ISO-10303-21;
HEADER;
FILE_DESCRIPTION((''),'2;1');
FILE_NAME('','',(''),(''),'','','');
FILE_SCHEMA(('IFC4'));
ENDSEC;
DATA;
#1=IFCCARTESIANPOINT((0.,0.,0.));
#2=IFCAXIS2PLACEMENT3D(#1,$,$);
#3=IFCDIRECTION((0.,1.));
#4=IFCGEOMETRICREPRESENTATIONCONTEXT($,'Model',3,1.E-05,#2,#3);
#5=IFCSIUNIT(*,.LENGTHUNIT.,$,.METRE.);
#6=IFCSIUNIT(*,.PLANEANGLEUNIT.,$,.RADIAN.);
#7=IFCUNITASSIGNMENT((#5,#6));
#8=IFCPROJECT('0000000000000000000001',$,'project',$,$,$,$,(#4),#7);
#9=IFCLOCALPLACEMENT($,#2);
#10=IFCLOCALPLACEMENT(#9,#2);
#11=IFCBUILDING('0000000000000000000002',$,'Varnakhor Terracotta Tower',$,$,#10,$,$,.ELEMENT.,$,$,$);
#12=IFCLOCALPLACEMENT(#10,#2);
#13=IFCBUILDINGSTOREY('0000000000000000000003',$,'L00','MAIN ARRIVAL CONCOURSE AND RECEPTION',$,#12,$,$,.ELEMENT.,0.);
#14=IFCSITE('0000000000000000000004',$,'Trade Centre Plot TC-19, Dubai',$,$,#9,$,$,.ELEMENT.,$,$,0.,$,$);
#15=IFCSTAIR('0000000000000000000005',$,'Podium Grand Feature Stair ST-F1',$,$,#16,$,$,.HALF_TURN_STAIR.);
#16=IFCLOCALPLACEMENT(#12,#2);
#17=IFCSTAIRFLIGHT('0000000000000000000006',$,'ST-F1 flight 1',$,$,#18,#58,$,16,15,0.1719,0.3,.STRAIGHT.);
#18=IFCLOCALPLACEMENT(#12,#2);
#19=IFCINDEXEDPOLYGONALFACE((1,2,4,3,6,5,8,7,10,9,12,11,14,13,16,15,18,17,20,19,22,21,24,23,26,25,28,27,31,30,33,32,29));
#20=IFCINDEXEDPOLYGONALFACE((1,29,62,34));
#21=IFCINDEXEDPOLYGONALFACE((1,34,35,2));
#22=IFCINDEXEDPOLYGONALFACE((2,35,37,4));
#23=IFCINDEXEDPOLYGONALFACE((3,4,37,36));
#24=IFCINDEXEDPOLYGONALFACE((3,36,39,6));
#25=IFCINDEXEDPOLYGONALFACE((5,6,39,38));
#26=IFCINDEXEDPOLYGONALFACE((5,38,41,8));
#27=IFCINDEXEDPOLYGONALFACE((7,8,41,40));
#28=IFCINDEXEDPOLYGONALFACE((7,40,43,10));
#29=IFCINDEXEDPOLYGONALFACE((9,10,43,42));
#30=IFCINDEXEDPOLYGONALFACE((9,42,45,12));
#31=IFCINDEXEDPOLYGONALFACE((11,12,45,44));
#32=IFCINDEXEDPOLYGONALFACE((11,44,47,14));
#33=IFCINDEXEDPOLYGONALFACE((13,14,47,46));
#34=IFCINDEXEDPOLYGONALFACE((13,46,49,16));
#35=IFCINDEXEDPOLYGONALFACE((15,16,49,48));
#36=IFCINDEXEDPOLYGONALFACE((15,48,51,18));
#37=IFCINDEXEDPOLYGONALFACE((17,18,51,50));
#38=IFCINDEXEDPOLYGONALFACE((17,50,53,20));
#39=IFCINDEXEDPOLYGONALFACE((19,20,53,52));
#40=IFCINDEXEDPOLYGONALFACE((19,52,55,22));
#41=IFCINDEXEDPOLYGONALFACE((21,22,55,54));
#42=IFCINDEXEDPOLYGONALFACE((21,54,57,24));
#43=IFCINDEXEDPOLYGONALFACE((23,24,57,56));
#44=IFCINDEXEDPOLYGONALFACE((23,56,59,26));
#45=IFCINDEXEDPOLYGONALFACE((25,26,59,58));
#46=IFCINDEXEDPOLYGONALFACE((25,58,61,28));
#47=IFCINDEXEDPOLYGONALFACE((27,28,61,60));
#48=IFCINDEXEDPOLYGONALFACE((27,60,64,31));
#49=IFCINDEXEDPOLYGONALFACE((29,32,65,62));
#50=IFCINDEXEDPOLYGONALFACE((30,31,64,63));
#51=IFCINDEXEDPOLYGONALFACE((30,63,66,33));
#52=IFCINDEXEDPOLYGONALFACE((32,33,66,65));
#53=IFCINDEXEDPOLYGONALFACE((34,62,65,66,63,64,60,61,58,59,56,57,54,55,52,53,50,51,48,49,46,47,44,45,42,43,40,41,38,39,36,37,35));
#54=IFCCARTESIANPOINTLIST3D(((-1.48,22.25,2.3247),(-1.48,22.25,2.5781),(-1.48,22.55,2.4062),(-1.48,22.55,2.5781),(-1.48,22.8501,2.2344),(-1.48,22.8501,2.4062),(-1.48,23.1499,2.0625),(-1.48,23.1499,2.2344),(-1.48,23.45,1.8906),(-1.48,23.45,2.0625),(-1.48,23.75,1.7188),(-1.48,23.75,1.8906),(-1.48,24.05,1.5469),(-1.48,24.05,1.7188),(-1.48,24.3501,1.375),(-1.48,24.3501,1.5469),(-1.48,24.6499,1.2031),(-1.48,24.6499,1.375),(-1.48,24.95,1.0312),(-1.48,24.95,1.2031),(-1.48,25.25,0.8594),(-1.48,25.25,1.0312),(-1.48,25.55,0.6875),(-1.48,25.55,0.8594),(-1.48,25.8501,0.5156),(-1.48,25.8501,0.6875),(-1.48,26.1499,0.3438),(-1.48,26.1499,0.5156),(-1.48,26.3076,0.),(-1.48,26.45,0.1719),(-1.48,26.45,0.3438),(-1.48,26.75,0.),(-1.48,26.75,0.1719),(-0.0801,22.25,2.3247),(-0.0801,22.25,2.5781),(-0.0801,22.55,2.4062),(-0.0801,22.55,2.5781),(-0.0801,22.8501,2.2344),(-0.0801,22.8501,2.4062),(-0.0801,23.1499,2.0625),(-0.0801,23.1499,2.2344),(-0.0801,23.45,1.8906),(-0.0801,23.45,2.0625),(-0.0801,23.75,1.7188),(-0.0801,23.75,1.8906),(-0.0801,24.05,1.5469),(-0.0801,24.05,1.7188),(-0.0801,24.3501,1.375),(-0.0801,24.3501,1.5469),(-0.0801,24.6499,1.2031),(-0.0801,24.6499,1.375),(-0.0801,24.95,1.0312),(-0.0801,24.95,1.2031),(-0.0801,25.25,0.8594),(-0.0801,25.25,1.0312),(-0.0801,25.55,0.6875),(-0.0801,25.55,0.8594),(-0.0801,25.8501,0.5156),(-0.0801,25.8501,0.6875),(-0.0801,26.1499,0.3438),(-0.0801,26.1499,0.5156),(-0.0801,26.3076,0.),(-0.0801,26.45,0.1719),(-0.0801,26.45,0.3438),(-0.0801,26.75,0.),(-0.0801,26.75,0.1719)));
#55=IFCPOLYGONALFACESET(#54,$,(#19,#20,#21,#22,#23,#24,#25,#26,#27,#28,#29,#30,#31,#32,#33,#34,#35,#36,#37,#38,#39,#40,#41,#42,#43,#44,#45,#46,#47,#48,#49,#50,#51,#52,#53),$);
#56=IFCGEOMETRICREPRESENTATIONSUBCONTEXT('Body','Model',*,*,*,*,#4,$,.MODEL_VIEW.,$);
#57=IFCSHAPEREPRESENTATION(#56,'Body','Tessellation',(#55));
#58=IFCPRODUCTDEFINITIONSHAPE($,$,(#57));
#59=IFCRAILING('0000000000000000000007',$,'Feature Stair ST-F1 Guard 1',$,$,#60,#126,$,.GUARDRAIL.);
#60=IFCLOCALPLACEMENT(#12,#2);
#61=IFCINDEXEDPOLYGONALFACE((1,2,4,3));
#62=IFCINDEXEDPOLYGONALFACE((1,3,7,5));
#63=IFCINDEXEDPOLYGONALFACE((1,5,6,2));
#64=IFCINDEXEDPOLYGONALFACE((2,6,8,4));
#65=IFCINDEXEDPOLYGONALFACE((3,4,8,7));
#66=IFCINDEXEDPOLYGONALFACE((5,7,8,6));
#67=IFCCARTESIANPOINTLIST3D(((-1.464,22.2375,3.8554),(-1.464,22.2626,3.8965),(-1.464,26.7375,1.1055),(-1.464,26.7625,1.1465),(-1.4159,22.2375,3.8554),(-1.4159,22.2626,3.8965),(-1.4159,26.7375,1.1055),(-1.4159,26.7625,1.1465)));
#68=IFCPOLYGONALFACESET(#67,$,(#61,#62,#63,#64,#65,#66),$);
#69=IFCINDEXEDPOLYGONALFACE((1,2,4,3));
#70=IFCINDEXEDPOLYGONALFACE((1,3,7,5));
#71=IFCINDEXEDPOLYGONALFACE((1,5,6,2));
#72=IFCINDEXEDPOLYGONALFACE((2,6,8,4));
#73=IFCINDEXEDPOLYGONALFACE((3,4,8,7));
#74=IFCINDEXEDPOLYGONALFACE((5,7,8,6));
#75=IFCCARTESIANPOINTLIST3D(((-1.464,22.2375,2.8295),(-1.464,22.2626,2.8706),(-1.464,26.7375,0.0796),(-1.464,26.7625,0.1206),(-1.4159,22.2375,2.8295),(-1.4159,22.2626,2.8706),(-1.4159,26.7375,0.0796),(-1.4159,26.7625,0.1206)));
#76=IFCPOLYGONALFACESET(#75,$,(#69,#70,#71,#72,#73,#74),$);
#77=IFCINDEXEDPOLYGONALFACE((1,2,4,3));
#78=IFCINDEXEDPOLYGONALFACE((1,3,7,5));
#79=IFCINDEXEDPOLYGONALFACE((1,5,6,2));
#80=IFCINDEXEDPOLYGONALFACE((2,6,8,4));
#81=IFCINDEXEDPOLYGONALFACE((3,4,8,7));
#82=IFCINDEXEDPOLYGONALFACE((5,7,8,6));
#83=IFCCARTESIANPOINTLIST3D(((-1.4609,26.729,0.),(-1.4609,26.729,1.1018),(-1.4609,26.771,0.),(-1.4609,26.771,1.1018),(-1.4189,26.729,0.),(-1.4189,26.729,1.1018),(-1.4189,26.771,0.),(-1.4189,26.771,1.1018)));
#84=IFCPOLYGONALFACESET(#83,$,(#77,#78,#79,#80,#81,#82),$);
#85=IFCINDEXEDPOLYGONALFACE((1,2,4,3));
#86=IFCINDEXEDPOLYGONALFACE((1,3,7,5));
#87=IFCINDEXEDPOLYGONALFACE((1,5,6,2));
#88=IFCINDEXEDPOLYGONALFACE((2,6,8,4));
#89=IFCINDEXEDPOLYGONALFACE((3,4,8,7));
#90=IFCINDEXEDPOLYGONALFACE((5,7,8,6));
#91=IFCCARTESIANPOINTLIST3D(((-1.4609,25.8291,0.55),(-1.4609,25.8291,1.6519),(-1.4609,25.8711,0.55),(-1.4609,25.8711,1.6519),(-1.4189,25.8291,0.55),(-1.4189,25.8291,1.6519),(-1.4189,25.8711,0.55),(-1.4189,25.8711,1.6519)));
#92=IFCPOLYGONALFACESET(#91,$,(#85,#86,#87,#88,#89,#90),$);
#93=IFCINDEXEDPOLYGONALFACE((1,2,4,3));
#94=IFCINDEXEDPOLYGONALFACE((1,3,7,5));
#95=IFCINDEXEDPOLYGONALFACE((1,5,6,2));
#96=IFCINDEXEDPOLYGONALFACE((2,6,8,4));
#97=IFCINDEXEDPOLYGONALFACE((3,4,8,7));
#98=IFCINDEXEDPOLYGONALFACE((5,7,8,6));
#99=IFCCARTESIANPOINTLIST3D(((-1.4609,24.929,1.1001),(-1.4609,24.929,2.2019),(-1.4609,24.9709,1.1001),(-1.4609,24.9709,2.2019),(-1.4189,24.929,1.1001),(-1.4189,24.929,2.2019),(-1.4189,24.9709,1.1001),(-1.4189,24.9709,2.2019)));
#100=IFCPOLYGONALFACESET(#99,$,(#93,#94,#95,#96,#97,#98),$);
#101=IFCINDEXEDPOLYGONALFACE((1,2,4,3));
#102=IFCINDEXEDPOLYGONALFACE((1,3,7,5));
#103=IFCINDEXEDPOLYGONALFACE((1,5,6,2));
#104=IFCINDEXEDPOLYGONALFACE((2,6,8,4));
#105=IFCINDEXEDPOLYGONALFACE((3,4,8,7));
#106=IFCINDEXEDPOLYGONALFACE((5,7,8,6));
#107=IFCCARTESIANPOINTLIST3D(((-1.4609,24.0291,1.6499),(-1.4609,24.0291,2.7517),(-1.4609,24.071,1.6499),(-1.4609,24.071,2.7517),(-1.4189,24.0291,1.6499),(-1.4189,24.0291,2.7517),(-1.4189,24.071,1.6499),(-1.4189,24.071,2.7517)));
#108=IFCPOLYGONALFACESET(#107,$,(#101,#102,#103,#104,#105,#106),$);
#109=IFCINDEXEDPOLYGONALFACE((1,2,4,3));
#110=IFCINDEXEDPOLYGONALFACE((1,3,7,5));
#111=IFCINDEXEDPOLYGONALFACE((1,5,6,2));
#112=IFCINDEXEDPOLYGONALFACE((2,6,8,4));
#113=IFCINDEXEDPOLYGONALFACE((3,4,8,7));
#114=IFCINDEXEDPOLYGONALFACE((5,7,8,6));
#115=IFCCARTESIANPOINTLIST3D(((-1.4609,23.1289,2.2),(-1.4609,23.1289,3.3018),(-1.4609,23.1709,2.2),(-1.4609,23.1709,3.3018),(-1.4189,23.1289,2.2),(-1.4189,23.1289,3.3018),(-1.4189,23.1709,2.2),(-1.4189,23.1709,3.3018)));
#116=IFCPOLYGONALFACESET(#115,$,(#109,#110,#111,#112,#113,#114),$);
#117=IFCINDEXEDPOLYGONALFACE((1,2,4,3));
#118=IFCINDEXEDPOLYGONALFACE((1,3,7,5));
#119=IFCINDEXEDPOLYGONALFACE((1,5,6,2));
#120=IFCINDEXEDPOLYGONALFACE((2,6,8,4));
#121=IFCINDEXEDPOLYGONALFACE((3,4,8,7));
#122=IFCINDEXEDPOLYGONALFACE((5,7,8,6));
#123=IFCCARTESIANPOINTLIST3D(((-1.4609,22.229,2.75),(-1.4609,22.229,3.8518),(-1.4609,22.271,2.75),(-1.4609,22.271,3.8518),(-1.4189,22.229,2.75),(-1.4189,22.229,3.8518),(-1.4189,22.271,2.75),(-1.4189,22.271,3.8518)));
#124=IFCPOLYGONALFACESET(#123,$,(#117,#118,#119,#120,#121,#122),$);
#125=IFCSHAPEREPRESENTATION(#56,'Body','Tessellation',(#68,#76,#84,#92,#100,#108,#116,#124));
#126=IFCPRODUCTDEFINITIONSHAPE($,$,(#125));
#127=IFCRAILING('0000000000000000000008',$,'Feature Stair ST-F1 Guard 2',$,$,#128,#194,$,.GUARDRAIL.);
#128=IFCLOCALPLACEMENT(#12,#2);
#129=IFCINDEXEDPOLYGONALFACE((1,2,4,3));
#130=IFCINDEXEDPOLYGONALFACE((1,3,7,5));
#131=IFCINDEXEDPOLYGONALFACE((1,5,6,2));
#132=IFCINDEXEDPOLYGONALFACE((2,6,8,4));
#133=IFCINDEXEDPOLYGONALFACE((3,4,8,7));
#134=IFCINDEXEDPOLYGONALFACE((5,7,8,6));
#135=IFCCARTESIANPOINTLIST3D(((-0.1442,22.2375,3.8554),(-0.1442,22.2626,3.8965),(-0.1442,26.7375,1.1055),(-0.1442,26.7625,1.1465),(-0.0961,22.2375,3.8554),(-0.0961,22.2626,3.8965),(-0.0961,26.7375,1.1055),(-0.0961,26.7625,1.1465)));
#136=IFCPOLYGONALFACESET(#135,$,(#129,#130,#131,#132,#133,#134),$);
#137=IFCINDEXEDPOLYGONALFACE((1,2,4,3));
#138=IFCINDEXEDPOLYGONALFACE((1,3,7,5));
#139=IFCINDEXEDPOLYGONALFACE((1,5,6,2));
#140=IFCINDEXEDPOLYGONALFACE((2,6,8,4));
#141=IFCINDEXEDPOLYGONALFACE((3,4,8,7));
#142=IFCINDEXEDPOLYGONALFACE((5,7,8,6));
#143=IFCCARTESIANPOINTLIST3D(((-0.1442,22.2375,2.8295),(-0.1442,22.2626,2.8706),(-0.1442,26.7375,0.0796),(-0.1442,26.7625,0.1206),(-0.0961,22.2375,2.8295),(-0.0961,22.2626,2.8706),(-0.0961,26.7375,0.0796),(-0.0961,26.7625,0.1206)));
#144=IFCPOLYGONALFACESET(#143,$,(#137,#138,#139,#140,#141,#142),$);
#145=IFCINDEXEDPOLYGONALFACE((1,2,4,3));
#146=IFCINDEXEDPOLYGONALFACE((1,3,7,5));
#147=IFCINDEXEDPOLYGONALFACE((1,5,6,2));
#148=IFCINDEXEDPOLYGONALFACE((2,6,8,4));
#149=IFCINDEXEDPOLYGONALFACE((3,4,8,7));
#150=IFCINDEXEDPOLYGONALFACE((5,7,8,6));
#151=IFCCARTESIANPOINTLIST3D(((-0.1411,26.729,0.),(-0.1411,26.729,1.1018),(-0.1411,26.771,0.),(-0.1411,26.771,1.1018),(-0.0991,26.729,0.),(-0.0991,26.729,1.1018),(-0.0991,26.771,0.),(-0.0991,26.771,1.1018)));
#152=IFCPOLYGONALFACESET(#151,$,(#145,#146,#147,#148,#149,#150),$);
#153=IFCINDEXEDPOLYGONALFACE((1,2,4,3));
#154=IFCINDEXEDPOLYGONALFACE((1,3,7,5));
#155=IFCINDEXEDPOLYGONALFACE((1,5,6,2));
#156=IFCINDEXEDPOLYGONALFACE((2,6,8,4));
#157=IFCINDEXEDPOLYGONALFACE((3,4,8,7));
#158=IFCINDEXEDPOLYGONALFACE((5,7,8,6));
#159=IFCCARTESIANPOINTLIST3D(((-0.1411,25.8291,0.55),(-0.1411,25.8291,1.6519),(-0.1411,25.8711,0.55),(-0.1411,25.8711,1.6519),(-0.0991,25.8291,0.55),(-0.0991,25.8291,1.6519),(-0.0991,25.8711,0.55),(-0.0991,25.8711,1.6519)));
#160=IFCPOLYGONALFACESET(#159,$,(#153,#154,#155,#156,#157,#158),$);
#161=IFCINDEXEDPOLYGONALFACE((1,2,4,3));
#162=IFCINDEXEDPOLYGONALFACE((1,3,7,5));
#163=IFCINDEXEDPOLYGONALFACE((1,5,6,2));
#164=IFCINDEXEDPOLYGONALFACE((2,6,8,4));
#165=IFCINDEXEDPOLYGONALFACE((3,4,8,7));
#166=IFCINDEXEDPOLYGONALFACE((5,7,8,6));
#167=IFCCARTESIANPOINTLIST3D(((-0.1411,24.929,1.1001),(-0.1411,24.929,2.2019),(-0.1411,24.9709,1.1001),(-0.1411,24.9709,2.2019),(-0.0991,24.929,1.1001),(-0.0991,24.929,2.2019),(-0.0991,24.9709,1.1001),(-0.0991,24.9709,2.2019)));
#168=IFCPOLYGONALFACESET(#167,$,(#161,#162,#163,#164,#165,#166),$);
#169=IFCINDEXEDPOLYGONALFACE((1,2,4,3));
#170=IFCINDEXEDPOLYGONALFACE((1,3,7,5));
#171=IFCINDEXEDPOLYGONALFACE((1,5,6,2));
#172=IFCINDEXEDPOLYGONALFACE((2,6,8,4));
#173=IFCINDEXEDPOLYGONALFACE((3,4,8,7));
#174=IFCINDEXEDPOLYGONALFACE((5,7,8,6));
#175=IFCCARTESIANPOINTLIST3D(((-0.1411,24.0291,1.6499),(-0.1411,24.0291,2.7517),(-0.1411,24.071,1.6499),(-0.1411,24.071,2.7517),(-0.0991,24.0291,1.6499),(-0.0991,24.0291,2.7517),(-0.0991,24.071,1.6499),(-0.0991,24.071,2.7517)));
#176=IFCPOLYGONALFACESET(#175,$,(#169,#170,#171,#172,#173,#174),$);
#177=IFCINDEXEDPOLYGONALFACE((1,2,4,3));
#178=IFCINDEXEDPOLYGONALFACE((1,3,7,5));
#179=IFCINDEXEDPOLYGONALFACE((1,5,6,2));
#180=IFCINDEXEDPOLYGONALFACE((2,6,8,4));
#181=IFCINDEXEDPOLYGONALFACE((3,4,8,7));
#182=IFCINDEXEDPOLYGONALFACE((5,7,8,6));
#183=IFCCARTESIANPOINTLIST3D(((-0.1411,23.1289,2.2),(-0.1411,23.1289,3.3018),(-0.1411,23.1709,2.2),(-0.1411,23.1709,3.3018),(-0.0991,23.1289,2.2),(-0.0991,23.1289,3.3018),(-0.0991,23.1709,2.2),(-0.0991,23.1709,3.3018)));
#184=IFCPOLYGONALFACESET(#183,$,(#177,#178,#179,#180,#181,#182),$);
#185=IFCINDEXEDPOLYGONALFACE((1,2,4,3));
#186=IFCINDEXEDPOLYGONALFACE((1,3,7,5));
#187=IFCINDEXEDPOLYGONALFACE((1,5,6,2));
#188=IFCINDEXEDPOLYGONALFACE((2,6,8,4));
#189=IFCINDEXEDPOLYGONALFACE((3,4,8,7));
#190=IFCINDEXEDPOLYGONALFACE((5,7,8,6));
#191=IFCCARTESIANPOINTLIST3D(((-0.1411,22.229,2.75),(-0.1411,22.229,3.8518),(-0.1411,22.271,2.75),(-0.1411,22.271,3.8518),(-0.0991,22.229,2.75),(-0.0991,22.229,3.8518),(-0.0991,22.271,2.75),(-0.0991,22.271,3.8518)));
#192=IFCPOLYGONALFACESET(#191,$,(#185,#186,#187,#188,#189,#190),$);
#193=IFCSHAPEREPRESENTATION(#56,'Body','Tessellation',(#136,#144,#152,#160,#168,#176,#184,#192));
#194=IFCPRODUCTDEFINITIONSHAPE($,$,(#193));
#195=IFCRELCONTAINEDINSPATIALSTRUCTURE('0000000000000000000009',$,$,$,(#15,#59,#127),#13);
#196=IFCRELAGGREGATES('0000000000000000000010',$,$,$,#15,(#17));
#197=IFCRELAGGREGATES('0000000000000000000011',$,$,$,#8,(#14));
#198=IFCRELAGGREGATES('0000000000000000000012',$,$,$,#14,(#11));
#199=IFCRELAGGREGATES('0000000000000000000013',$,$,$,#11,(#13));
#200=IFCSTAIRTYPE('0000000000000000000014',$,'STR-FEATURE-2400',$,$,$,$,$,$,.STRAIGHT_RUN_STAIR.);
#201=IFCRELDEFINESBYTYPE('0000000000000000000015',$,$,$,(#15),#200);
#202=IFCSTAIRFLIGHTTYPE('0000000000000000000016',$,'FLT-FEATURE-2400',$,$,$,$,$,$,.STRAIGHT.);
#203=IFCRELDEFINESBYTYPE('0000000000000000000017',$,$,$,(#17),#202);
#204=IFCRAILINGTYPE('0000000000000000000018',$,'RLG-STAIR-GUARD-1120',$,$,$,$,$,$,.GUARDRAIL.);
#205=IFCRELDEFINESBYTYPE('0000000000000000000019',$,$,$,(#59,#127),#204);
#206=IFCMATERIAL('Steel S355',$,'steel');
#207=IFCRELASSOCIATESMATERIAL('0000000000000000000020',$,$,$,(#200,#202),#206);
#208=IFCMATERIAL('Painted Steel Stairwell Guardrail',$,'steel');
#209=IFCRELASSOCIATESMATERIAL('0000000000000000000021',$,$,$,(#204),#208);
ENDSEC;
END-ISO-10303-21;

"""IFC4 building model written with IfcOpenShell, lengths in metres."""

from ifc_helpers import new_model, si_unit, direction, frame, origin, origin_2d, place, context, subcontext, project, spatial, polyline, rectangle, outline, extrude, material, type_object, element, aggregate, save


model = new_model("IFC4")

# Units and contexts
model_context = context("Model", 3, precision=1e-05, world=origin(), true_north=direction((0.0, 1.0)))
body_context = subcontext(model_context, "Body", "Model", "MODEL_VIEW")
ifc_project = project(units=[si_unit("LENGTHUNIT", "METRE"), si_unit("PLANEANGLEUNIT", "RADIAN")], contexts=[model_context])

# Site, building, storey
site_placement = place(None, origin())
site = spatial("IfcSite", under=ifc_project, at=site_placement, Name="Trade Centre Plot TC-19, Dubai", CompositionType="ELEMENT", RefElevation=0.0)
building_placement = place(site_placement, origin())
building = spatial("IfcBuilding", under=site, at=building_placement, Name="Varnakhor Terracotta Tower", CompositionType="ELEMENT")
storey_placement = place(building_placement, origin())
storey = spatial("IfcBuildingStorey", under=building, at=storey_placement, Name="L00", Description="MAIN ARRIVAL CONCOURSE AND RECEPTION", CompositionType="ELEMENT", Elevation=0.0)

# Shared definitions
ifc_material_1 = material(Name="Steel S355", Category="steel")

# Stair, stair flight
stair_type = type_object("IfcStairType", Name="STR-FEATURE-2400", PredefinedType="STRAIGHT_RUN_STAIR", material=ifc_material_1)
stair_placement = place(storey_placement, origin())
stair = element("IfcStair", 1, at=stair_placement, inside=storey, type_object=stair_type, Name="Podium Grand Feature Stair ST-F1", PredefinedType="HALF_TURN_STAIR")
stair_flight_type = type_object("IfcStairFlightType", Name="FLT-FEATURE-2400", PredefinedType="STRAIGHT", material=ifc_material_1)
stair_flight_placement = place(storey_placement, frame((-0.78, 26.75, 0.0), z_axis=(0.0, 0.0, 1.0), x_axis=(0.0, -1.0, 0.0)))
stair_flight = element("IfcStairFlight", 2, at=stair_flight_placement, type_object=stair_flight_type, Name="ST-F1 flight 1", NumberOfRisers=16, NumberOfTreads=15, PredefinedType="STRAIGHT", RiserHeight=0.1719, TreadLength=0.3, context=body_context, shape_type="SweptSolid", body=[
    extrude(outline(polyline([(0.0, 0.0), (0.0, 0.1719), (0.3, 0.1719), (0.3, 0.3438), (0.6001, 0.3438), (0.6001, 0.5156), (0.8999, 0.5156), (0.8999, 0.6875), (1.2, 0.6875), (1.2, 0.8594), (1.5, 0.8594), (1.5, 1.0312), (1.8, 1.0312), (1.8, 1.2031), (2.1001, 1.2031), (2.1001, 1.375), (2.3999, 1.375), (2.3999, 1.5469), (2.7, 1.5469), (2.7, 1.7188), (3.0, 1.7188), (3.0, 1.8906), (3.3, 1.8906), (3.3, 2.0625), (3.6001, 2.0625), (3.6001, 2.2344), (3.8999, 2.2344), (3.8999, 2.4062), (4.2, 2.4062), (4.2, 2.5781), (4.5, 2.5781), (4.5, 2.75), (4.5, 2.3247), (0.4424, 0.0), (0.0, 0.0)])), frame((0.0, 0.7, 0.0), z_axis=(0.0, -1.0, 0.0), x_axis=(1.0, 0.0, 0.0)), (0.0, 0.0, 1.0), 1.3999),
])
aggregate(stair, [stair_flight])

# Railings
ifc_material_2 = material(Name="Painted Steel Stairwell Guardrail", Category="steel")
railing_type = type_object("IfcRailingType", Name="RLG-STAIR-GUARD-1120", PredefinedType="GUARDRAIL", material=ifc_material_2)
for number, where, name in (
    (3, (-1.4399, 26.75, 0.0), "Feature Stair ST-F1 Guard 1"),
    (4, (-0.1201, 26.75, 0.0), "Feature Stair ST-F1 Guard 2"),
):
    element("IfcRailing", number, at=place(storey_placement, frame(where)), inside=storey, type_object=railing_type, Name=name, PredefinedType="GUARDRAIL", context=body_context, shape_type="SweptSolid", body=[
        extrude(rectangle(XDim=0.0481, YDim=0.0481, at=origin_2d()), frame((0.0, 0.0, 1.126), z_axis=(0.0, -0.853282, 0.52145), x_axis=(1.0, 0.0, 0.0)), (0.0, 0.0, 1.0), 5.2737),
        extrude(rectangle(XDim=0.0481, YDim=0.0481, at=origin_2d()), frame((0.0, 0.0, 0.1001), z_axis=(0.0, -0.853282, 0.52145), x_axis=(1.0, 0.0, 0.0)), (0.0, 0.0, 1.0), 5.2737),
        extrude(rectangle(XDim=0.042, YDim=0.042, at=origin_2d()), origin(), (0.0, 0.0, 1.0), 1.1018),
        extrude(rectangle(XDim=0.042, YDim=0.042, at=origin_2d()), frame((0.0, -0.8999, 0.55)), (0.0, 0.0, 1.0), 1.1018),
        extrude(rectangle(XDim=0.042, YDim=0.042, at=origin_2d()), frame((0.0, -1.8, 1.1001)), (0.0, 0.0, 1.0), 1.1018),
        extrude(rectangle(XDim=0.042, YDim=0.042, at=origin_2d()), frame((0.0, -2.7, 1.6499)), (0.0, 0.0, 1.0), 1.1018),
        extrude(rectangle(XDim=0.042, YDim=0.042, at=origin_2d()), frame((0.0, -3.6001, 2.2)), (0.0, 0.0, 1.0), 1.1018),
        extrude(rectangle(XDim=0.042, YDim=0.042, at=origin_2d()), frame((0.0, -4.5, 2.75)), (0.0, 0.0, 1.0), 1.1018),
    ])

save(model, "model.ifc")
